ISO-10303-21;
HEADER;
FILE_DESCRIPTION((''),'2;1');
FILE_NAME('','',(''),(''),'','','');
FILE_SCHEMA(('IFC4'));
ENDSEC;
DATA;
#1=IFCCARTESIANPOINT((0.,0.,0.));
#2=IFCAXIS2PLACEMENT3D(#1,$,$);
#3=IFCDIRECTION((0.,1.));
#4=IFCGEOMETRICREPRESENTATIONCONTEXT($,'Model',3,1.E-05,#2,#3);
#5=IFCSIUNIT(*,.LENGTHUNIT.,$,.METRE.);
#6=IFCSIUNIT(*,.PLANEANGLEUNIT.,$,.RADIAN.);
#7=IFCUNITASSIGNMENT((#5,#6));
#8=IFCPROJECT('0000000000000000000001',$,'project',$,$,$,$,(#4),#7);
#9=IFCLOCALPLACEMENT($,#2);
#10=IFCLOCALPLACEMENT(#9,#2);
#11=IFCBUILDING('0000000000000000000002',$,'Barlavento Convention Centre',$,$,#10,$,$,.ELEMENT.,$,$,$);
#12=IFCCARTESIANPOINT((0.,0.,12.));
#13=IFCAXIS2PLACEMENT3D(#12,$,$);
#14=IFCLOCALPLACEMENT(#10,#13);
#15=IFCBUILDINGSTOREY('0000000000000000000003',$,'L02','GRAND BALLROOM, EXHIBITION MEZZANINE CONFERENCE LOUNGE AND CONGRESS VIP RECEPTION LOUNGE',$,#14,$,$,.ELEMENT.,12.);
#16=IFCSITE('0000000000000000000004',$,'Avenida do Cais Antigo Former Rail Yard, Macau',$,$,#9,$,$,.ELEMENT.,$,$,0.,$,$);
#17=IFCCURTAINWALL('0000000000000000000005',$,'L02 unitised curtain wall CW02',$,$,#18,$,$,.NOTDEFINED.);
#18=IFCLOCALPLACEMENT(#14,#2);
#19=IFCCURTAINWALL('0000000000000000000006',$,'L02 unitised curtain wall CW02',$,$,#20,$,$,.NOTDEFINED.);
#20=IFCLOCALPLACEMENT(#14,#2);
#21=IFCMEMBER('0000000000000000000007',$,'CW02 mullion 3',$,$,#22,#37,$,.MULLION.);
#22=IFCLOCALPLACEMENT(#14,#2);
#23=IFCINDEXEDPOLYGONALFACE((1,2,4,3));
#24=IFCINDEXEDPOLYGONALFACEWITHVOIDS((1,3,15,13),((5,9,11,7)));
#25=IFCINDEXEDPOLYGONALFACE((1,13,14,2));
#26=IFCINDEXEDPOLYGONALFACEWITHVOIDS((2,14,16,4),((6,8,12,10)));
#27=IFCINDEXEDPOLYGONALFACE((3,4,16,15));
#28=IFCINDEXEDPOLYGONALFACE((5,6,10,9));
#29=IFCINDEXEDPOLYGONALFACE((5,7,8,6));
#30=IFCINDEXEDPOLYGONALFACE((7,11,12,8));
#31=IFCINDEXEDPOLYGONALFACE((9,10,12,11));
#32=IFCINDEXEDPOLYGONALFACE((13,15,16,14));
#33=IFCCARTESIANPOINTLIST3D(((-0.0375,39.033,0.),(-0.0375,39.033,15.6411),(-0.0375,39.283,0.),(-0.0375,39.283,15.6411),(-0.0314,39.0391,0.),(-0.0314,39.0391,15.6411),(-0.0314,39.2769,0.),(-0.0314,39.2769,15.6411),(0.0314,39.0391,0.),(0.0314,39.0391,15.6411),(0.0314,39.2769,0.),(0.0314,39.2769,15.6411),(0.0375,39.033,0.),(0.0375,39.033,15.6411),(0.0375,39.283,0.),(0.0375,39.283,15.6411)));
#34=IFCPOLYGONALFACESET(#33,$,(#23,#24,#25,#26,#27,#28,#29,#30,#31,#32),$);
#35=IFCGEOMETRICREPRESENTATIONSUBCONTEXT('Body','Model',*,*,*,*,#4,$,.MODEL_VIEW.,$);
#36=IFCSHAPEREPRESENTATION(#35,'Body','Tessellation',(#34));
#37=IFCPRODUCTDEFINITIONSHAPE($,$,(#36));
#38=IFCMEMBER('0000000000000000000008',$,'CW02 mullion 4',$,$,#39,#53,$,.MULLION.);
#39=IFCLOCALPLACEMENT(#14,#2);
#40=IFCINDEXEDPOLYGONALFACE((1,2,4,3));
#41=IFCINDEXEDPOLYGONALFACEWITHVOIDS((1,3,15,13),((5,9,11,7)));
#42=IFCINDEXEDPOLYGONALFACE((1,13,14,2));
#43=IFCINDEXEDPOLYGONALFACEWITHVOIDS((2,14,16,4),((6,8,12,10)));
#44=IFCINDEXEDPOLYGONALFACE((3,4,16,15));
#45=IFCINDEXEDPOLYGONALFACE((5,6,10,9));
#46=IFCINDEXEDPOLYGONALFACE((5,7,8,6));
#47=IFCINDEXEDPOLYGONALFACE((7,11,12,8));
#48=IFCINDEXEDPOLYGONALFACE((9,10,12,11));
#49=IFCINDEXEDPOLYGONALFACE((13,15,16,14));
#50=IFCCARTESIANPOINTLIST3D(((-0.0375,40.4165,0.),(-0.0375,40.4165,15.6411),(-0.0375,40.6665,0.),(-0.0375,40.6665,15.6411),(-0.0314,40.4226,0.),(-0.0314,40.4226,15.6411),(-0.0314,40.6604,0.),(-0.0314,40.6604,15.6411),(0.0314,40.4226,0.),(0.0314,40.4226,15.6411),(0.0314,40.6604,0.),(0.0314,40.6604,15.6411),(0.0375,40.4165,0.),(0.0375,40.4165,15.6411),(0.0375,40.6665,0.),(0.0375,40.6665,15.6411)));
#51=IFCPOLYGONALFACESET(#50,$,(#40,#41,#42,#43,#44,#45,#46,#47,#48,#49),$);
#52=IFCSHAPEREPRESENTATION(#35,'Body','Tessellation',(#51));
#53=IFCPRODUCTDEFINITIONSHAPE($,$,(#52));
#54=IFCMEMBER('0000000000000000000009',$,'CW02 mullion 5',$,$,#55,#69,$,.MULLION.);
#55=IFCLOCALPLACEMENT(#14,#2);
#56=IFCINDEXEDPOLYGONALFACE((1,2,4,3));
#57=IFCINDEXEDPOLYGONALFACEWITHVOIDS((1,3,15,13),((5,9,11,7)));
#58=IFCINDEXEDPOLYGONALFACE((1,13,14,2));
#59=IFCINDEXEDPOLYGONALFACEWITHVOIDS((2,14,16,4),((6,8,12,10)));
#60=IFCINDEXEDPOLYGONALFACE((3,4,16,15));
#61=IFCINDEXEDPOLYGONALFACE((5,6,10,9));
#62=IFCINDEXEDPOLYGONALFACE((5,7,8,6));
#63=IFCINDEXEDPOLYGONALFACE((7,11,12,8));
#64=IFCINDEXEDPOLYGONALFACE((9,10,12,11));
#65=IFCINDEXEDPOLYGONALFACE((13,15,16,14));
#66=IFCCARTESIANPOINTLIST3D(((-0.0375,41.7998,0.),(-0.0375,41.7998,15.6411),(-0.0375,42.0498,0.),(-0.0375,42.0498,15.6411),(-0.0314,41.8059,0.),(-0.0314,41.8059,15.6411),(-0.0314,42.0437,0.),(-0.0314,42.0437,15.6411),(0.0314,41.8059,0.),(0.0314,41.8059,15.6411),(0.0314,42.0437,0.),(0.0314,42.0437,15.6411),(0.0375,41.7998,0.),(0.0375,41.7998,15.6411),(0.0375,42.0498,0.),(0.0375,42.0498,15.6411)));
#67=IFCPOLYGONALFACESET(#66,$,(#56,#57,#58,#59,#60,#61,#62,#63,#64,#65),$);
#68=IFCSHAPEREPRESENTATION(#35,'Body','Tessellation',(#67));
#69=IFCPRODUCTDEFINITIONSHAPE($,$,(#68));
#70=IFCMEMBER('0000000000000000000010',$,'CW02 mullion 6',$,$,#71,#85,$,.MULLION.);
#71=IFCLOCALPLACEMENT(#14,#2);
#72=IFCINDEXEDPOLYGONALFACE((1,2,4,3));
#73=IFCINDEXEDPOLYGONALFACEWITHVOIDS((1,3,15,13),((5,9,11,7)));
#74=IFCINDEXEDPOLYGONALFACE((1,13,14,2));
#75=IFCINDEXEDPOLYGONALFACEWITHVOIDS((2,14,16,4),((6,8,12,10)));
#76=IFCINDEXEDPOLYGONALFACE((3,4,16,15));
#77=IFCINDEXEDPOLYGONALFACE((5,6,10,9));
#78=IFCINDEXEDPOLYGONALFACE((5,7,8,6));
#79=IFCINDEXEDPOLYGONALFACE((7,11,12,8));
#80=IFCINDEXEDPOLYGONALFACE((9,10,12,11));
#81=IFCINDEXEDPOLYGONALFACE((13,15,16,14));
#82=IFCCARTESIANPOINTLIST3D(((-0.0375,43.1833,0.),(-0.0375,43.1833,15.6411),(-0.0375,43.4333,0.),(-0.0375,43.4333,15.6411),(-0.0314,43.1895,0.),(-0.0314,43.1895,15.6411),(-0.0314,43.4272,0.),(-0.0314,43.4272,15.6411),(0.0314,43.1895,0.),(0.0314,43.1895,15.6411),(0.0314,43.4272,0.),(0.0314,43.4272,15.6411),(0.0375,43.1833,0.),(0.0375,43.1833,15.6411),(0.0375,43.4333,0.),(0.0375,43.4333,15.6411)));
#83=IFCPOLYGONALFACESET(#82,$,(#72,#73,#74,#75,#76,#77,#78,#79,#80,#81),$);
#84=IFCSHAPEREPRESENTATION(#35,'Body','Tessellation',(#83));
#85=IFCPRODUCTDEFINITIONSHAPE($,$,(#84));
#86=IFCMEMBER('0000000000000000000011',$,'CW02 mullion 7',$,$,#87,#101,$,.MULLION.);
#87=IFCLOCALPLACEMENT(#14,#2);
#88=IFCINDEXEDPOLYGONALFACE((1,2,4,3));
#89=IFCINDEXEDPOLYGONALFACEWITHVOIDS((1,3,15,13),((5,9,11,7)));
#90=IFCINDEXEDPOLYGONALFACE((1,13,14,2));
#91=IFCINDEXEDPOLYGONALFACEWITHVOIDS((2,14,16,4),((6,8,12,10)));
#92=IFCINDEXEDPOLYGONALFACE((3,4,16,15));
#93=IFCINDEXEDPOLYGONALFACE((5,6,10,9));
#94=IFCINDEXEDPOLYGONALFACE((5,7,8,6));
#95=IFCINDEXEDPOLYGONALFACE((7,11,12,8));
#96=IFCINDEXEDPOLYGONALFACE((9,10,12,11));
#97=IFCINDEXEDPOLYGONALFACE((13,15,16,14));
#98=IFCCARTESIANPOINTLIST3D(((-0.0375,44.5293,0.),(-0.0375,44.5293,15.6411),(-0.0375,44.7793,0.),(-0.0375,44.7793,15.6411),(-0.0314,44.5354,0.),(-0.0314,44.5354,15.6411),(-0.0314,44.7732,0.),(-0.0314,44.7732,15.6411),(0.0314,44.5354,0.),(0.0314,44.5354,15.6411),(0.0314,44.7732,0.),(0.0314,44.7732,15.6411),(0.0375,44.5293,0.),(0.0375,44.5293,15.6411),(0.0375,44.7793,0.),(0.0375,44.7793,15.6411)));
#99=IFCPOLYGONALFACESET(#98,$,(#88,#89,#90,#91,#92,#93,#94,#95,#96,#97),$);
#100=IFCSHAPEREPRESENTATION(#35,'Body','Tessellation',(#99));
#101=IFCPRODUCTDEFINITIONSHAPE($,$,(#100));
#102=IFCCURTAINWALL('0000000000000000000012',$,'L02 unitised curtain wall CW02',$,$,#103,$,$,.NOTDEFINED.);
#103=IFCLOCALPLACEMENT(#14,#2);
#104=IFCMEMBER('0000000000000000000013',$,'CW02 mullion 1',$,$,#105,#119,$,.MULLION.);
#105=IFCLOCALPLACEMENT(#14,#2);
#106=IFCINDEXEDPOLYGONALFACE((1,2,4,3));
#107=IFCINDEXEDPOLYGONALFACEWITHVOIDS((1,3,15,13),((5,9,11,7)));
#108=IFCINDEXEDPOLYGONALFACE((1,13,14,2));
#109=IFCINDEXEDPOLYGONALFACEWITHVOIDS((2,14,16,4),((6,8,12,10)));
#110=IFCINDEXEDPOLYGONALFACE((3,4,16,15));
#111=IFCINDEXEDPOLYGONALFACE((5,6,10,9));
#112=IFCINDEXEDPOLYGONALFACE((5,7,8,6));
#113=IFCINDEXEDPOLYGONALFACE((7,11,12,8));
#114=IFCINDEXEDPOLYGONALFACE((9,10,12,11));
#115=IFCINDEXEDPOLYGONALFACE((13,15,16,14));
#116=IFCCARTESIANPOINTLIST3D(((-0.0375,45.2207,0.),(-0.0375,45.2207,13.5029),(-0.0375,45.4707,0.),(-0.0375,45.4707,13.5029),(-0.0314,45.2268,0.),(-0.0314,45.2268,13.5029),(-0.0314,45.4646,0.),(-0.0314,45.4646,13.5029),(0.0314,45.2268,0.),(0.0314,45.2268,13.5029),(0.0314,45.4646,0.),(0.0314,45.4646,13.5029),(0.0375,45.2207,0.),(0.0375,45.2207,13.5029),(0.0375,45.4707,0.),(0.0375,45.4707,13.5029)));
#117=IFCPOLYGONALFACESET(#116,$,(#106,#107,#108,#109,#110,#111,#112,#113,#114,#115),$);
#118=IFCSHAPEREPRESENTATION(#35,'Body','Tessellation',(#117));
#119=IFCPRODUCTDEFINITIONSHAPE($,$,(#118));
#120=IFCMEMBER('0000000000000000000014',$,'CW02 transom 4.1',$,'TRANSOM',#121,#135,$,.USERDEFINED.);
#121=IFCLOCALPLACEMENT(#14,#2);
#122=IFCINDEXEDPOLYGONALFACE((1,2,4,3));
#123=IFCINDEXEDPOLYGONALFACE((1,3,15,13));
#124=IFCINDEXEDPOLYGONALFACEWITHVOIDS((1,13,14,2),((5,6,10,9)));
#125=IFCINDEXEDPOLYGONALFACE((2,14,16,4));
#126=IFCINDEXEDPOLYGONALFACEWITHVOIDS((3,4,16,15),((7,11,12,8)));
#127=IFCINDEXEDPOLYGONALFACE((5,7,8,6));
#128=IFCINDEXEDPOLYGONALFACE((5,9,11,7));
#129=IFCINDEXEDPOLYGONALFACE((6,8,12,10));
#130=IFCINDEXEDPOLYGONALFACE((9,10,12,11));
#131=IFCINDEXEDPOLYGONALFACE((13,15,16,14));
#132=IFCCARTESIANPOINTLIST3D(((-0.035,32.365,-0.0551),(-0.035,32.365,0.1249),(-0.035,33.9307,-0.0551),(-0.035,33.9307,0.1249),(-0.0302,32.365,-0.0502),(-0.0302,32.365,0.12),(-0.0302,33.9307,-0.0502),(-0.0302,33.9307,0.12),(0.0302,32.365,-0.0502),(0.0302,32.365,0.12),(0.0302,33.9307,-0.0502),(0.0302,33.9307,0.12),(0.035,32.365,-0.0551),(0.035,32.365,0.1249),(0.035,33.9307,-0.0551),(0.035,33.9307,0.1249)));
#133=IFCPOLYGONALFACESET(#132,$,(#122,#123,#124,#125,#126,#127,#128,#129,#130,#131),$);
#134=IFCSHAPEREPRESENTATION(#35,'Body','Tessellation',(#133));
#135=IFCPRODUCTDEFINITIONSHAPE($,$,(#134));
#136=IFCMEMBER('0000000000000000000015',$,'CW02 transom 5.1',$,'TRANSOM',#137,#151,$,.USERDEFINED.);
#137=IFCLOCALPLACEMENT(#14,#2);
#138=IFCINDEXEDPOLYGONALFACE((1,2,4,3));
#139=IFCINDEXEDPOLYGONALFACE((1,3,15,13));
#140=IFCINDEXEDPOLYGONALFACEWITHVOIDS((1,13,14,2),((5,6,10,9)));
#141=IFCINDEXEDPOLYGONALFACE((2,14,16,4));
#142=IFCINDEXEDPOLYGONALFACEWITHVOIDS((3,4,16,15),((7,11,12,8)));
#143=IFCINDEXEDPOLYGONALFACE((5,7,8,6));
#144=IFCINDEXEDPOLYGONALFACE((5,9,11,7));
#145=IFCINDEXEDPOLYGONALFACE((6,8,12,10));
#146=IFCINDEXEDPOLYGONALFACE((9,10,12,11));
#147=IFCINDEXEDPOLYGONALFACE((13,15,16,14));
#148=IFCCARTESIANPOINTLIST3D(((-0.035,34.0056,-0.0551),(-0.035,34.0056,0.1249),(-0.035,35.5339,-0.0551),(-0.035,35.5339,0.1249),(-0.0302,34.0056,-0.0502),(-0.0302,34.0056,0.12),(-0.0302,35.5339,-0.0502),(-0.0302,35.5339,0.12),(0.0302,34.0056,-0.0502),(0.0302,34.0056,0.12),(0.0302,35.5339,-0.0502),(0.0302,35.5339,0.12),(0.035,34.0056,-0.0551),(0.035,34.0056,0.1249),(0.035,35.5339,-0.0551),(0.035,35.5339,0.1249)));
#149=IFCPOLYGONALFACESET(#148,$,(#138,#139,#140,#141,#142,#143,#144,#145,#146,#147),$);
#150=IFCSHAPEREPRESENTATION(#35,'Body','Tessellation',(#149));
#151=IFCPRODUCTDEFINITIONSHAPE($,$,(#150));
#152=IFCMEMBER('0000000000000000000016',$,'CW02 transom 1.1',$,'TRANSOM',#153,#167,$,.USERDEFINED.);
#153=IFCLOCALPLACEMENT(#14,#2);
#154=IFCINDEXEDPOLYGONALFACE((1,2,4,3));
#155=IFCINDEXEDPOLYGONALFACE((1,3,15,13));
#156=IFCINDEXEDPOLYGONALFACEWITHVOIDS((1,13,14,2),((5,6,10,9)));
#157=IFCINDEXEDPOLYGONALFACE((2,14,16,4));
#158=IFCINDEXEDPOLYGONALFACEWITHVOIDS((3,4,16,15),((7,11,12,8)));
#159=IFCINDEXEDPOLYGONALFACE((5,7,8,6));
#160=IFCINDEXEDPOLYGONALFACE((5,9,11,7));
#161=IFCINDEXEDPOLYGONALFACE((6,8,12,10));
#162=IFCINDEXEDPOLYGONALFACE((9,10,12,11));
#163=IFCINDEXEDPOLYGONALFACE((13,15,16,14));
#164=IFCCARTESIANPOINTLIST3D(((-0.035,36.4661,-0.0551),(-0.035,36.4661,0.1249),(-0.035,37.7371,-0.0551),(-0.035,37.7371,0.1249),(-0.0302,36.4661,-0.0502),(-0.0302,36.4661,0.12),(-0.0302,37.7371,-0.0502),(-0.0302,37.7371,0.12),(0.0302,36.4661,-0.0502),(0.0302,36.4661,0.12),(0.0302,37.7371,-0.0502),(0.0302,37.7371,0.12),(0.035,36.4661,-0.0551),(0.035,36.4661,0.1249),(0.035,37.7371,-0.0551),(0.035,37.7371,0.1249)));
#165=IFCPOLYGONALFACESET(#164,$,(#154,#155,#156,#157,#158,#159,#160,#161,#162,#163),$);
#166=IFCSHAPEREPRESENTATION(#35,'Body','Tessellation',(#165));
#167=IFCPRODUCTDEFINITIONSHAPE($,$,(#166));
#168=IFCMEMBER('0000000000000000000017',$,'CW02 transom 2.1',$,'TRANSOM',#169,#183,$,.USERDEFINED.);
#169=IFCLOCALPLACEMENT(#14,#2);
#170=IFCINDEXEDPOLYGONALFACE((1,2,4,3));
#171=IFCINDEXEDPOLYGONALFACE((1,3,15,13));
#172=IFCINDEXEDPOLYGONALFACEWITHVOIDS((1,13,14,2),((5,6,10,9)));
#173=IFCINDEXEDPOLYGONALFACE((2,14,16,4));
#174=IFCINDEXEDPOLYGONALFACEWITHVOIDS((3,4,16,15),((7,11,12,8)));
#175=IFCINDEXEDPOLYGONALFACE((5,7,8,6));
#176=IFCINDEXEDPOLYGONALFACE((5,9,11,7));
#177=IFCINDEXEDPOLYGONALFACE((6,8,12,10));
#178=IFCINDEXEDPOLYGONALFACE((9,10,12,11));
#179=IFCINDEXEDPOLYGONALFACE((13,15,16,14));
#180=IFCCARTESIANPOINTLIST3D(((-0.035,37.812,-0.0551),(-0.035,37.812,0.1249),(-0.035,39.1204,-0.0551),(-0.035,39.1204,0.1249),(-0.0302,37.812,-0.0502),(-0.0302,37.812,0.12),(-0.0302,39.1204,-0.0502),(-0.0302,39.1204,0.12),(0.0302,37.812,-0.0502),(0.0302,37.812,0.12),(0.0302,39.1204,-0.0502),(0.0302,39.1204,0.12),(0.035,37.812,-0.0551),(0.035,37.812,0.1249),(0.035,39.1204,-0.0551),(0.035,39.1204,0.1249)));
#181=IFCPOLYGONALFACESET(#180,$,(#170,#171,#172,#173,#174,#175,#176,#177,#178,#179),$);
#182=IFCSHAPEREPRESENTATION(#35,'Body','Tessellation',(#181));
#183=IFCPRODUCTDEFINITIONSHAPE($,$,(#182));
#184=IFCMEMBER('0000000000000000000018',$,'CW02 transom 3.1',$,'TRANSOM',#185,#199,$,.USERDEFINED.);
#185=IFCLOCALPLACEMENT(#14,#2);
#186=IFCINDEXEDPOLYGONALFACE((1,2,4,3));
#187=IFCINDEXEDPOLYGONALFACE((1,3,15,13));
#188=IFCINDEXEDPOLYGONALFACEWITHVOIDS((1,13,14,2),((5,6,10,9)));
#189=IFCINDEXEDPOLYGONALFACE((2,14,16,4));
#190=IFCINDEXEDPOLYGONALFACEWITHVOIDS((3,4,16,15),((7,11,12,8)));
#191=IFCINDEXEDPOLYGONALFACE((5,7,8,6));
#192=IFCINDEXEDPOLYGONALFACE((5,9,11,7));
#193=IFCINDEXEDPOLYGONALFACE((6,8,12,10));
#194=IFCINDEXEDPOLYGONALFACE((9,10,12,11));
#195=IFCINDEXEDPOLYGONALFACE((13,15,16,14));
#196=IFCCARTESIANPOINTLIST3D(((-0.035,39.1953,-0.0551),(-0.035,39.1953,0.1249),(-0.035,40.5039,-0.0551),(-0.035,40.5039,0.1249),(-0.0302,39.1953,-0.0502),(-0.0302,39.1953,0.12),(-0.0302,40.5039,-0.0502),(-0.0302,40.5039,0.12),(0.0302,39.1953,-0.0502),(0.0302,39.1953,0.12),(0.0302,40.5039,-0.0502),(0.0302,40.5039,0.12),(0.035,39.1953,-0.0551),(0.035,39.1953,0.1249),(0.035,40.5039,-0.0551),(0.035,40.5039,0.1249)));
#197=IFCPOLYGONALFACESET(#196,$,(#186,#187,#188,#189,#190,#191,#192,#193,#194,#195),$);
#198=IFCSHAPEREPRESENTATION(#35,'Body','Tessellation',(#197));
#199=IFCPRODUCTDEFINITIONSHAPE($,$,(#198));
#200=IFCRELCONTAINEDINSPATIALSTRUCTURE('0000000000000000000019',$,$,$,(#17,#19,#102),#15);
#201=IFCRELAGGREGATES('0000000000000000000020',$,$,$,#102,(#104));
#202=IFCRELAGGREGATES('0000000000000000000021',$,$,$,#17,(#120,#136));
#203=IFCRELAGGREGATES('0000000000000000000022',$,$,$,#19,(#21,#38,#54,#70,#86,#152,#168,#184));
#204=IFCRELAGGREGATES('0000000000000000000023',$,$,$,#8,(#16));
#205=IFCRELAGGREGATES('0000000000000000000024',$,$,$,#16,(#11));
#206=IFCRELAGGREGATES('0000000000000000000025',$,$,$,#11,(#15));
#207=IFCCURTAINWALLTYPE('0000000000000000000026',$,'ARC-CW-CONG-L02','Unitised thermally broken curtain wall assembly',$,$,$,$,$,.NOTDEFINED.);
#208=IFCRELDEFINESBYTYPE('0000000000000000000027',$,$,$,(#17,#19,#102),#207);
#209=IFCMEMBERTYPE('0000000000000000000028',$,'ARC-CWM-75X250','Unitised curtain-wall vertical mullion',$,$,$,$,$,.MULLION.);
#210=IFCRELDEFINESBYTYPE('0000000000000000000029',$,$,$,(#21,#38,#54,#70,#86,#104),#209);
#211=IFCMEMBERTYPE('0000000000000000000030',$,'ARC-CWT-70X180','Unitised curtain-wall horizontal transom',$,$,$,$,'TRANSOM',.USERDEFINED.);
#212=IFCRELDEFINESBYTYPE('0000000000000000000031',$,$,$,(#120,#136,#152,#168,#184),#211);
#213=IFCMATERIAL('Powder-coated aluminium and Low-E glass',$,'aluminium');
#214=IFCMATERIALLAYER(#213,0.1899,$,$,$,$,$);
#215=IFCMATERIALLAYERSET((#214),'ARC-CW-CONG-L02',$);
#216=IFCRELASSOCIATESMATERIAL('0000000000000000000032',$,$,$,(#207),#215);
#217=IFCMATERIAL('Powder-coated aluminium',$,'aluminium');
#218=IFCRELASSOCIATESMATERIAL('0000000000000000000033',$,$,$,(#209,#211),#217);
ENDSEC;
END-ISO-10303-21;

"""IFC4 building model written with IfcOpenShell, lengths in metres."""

from ifc_helpers import new_model, si_unit, direction, frame, origin, origin_2d, place, context, subcontext, project, spatial, hollow_rectangle, extrude, material, layer, layer_set, material_profile, profile_set, type_object, element, aggregate, save


model = new_model("IFC4")

# Units and contexts
model_context = context("Model", 3, precision=1e-05, world=origin(), true_north=direction((0.0, 1.0)))
body_context = subcontext(model_context, "Body", "Model", "MODEL_VIEW")
ifc_project = project(units=[si_unit("LENGTHUNIT", "METRE"), si_unit("PLANEANGLEUNIT", "RADIAN")], contexts=[model_context])

# Site, building, storey
site_placement = place(None, origin())
site = spatial("IfcSite", under=ifc_project, at=site_placement, Name="Avenida do Cais Antigo Former Rail Yard, Macau", CompositionType="ELEMENT", RefElevation=0.0)
building_placement = place(site_placement, origin())
building = spatial("IfcBuilding", under=site, at=building_placement, Name="Barlavento Convention Centre", CompositionType="ELEMENT")
storey_placement = place(building_placement, frame((0.0, 0.0, 12.0)))
storey = spatial("IfcBuildingStorey", under=building, at=storey_placement, Name="L02", Description="GRAND BALLROOM, EXHIBITION MEZZANINE CONFERENCE LOUNGE AND CONGRESS VIP RECEPTION LOUNGE", CompositionType="ELEMENT", Elevation=12.0)

# Curtain walls, members
ifc_material_1 = material(Name="Powder-coated aluminium and Low-E glass", Category="aluminium")
ifc_layer = layer(ifc_material_1, 0.1899)
ifc_layer_set = layer_set([ifc_layer], Name="ARC-CW-CONG-L02")
curtain_wall_type = type_object("IfcCurtainWallType", Name="ARC-CW-CONG-L02", Description="Unitised thermally broken curtain wall assembly", PredefinedType="NOTDEFINED", material=ifc_layer_set)
curtain_wall_1_placement = place(storey_placement, origin())
curtain_wall_1 = element("IfcCurtainWall", 1, at=curtain_wall_1_placement, inside=storey, type_object=curtain_wall_type, Name="L02 unitised curtain wall CW02", PredefinedType="NOTDEFINED")
ifc_material_2 = material(Name="Powder-coated aluminium", Category="aluminium")
ifc_material_profile_1 = material_profile(ifc_material_2, hollow_rectangle(XDim=0.075, YDim=0.25, WallThickness=0.0061, at=origin_2d()), Name="AL-MULL 75x250x6")
ifc_profile_set_1 = profile_set([ifc_material_profile_1], Name="Powder-coated aluminium")
member_type_1 = type_object("IfcMemberType", Name="ARC-CWM-75X250", Description="Unitised curtain-wall vertical mullion", PredefinedType="MULLION", material=ifc_profile_set_1)
curtain_wall_2_placement = place(storey_placement, origin())
curtain_wall_2 = element("IfcCurtainWall", 2, at=curtain_wall_2_placement, inside=storey, type_object=curtain_wall_type, Name="L02 unitised curtain wall CW02", PredefinedType="NOTDEFINED")
member_1_placement = place(storey_placement, frame((0.0, 39.158, 0.0), z_axis=(0.0, 0.0, 1.0), x_axis=(-1.0, 0.0, 0.0)))
member_1 = element("IfcMember", 3, at=member_1_placement, type_object=member_type_1, Name="CW02 mullion 3", PredefinedType="MULLION", context=body_context, shape_type="SweptSolid", body=[
    extrude(hollow_rectangle(XDim=0.075, YDim=0.25, WallThickness=0.0061, at=origin_2d()), origin(), (0.0, 0.0, 1.0), 15.6411),
])
member_2_placement = place(storey_placement, frame((0.0, 40.5415, 0.0), z_axis=(0.0, 0.0, 1.0), x_axis=(-1.0, 0.0, 0.0)))
member_2 = element("IfcMember", 4, at=member_2_placement, type_object=member_type_1, Name="CW02 mullion 4", PredefinedType="MULLION", context=body_context, shape_type="SweptSolid", body=[
    extrude(hollow_rectangle(XDim=0.075, YDim=0.25, WallThickness=0.0061, at=origin_2d()), origin(), (0.0, 0.0, 1.0), 15.6411),
])
member_3_placement = place(storey_placement, frame((0.0, 41.9248, 0.0), z_axis=(0.0, 0.0, 1.0), x_axis=(-1.0, 0.0, 0.0)))
member_3 = element("IfcMember", 5, at=member_3_placement, type_object=member_type_1, Name="CW02 mullion 5", PredefinedType="MULLION", context=body_context, shape_type="SweptSolid", body=[
    extrude(hollow_rectangle(XDim=0.075, YDim=0.25, WallThickness=0.0061, at=origin_2d()), origin(), (0.0, 0.0, 1.0), 15.6411),
])
member_4_placement = place(storey_placement, frame((0.0, 43.3083, 0.0), z_axis=(0.0, 0.0, 1.0), x_axis=(-1.0, 0.0, 0.0)))
member_4 = element("IfcMember", 6, at=member_4_placement, type_object=member_type_1, Name="CW02 mullion 6", PredefinedType="MULLION", context=body_context, shape_type="SweptSolid", body=[
    extrude(hollow_rectangle(XDim=0.075, YDim=0.25, WallThickness=0.0061, at=origin_2d()), origin(), (0.0, 0.0, 1.0), 15.6411),
])
member_5_placement = place(storey_placement, frame((0.0, 44.6543, 0.0), z_axis=(0.0, 0.0, 1.0), x_axis=(-1.0, 0.0, 0.0)))
member_5 = element("IfcMember", 7, at=member_5_placement, type_object=member_type_1, Name="CW02 mullion 7", PredefinedType="MULLION", context=body_context, shape_type="SweptSolid", body=[
    extrude(hollow_rectangle(XDim=0.075, YDim=0.25, WallThickness=0.0061, at=origin_2d()), origin(), (0.0, 0.0, 1.0), 15.6411),
])

# Curtain wall, member
curtain_wall_3_placement = place(storey_placement, origin())
curtain_wall_3 = element("IfcCurtainWall", 8, at=curtain_wall_3_placement, inside=storey, type_object=curtain_wall_type, Name="L02 unitised curtain wall CW02", PredefinedType="NOTDEFINED")
member_6_placement = place(storey_placement, frame((0.0, 45.3457, 0.0), z_axis=(0.0, 0.0, 1.0), x_axis=(-1.0, 0.0, 0.0)))
member_6 = element("IfcMember", 9, at=member_6_placement, type_object=member_type_1, Name="CW02 mullion 1", PredefinedType="MULLION", context=body_context, shape_type="SweptSolid", body=[
    extrude(hollow_rectangle(XDim=0.075, YDim=0.25, WallThickness=0.0061, at=origin_2d()), origin(), (0.0, 0.0, 1.0), 13.5029),
])
aggregate(curtain_wall_3, [member_6])

# Members
ifc_material_profile_2 = material_profile(ifc_material_2, hollow_rectangle(XDim=0.0701, YDim=0.1799, WallThickness=0.0049, at=origin_2d()), Name="AL-TRAN 70x180x5")
ifc_profile_set_2 = profile_set([ifc_material_profile_2], Name="Powder-coated aluminium")
member_type_2 = type_object("IfcMemberType", Name="ARC-CWT-70X180", Description="Unitised curtain-wall horizontal transom", ElementType="TRANSOM", PredefinedType="USERDEFINED", material=ifc_profile_set_2)
member_7_placement = place(storey_placement, frame((0.0, 32.365, 0.0349), z_axis=(0.0, 1.0, 0.0), x_axis=(-1.0, 0.0, 0.0)))
member_7 = element("IfcMember", 10, at=member_7_placement, type_object=member_type_2, Name="CW02 transom 4.1", ObjectType="TRANSOM", PredefinedType="USERDEFINED", context=body_context, shape_type="SweptSolid", body=[
    extrude(hollow_rectangle(XDim=0.0701, YDim=0.1799, WallThickness=0.0049, at=origin_2d()), origin(), (0.0, 0.0, 1.0), 1.5657),
])
member_8_placement = place(storey_placement, frame((0.0, 34.0056, 0.0349), z_axis=(0.0, 1.0, 0.0), x_axis=(-1.0, 0.0, 0.0)))
member_8 = element("IfcMember", 11, at=member_8_placement, type_object=member_type_2, Name="CW02 transom 5.1", ObjectType="TRANSOM", PredefinedType="USERDEFINED", context=body_context, shape_type="SweptSolid", body=[
    extrude(hollow_rectangle(XDim=0.0701, YDim=0.1799, WallThickness=0.0049, at=origin_2d()), origin(), (0.0, 0.0, 1.0), 1.5283),
])
aggregate(curtain_wall_1, [member_7, member_8])
member_9_placement = place(storey_placement, frame((0.0, 36.4661, 0.0349), z_axis=(0.0, 1.0, 0.0), x_axis=(-1.0, 0.0, 0.0)))
member_9 = element("IfcMember", 12, at=member_9_placement, type_object=member_type_2, Name="CW02 transom 1.1", ObjectType="TRANSOM", PredefinedType="USERDEFINED", context=body_context, shape_type="SweptSolid", body=[
    extrude(hollow_rectangle(XDim=0.0701, YDim=0.1799, WallThickness=0.0049, at=origin_2d()), origin(), (0.0, 0.0, 1.0), 1.271),
])
member_10_placement = place(storey_placement, frame((0.0, 37.812, 0.0349), z_axis=(0.0, 1.0, 0.0), x_axis=(-1.0, 0.0, 0.0)))
member_10 = element("IfcMember", 13, at=member_10_placement, type_object=member_type_2, Name="CW02 transom 2.1", ObjectType="TRANSOM", PredefinedType="USERDEFINED", context=body_context, shape_type="SweptSolid", body=[
    extrude(hollow_rectangle(XDim=0.0701, YDim=0.1799, WallThickness=0.0049, at=origin_2d()), origin(), (0.0, 0.0, 1.0), 1.3083),
])
member_11_placement = place(storey_placement, frame((0.0, 39.1953, 0.0349), z_axis=(0.0, 1.0, 0.0), x_axis=(-1.0, 0.0, 0.0)))
member_11 = element("IfcMember", 14, at=member_11_placement, type_object=member_type_2, Name="CW02 transom 3.1", ObjectType="TRANSOM", PredefinedType="USERDEFINED", context=body_context, shape_type="SweptSolid", body=[
    extrude(hollow_rectangle(XDim=0.0701, YDim=0.1799, WallThickness=0.0049, at=origin_2d()), origin(), (0.0, 0.0, 1.0), 1.3086),
])
aggregate(curtain_wall_2, [member_1, member_2, member_3, member_4, member_5, member_9, member_10, member_11])

save(model, "model.ifc")
